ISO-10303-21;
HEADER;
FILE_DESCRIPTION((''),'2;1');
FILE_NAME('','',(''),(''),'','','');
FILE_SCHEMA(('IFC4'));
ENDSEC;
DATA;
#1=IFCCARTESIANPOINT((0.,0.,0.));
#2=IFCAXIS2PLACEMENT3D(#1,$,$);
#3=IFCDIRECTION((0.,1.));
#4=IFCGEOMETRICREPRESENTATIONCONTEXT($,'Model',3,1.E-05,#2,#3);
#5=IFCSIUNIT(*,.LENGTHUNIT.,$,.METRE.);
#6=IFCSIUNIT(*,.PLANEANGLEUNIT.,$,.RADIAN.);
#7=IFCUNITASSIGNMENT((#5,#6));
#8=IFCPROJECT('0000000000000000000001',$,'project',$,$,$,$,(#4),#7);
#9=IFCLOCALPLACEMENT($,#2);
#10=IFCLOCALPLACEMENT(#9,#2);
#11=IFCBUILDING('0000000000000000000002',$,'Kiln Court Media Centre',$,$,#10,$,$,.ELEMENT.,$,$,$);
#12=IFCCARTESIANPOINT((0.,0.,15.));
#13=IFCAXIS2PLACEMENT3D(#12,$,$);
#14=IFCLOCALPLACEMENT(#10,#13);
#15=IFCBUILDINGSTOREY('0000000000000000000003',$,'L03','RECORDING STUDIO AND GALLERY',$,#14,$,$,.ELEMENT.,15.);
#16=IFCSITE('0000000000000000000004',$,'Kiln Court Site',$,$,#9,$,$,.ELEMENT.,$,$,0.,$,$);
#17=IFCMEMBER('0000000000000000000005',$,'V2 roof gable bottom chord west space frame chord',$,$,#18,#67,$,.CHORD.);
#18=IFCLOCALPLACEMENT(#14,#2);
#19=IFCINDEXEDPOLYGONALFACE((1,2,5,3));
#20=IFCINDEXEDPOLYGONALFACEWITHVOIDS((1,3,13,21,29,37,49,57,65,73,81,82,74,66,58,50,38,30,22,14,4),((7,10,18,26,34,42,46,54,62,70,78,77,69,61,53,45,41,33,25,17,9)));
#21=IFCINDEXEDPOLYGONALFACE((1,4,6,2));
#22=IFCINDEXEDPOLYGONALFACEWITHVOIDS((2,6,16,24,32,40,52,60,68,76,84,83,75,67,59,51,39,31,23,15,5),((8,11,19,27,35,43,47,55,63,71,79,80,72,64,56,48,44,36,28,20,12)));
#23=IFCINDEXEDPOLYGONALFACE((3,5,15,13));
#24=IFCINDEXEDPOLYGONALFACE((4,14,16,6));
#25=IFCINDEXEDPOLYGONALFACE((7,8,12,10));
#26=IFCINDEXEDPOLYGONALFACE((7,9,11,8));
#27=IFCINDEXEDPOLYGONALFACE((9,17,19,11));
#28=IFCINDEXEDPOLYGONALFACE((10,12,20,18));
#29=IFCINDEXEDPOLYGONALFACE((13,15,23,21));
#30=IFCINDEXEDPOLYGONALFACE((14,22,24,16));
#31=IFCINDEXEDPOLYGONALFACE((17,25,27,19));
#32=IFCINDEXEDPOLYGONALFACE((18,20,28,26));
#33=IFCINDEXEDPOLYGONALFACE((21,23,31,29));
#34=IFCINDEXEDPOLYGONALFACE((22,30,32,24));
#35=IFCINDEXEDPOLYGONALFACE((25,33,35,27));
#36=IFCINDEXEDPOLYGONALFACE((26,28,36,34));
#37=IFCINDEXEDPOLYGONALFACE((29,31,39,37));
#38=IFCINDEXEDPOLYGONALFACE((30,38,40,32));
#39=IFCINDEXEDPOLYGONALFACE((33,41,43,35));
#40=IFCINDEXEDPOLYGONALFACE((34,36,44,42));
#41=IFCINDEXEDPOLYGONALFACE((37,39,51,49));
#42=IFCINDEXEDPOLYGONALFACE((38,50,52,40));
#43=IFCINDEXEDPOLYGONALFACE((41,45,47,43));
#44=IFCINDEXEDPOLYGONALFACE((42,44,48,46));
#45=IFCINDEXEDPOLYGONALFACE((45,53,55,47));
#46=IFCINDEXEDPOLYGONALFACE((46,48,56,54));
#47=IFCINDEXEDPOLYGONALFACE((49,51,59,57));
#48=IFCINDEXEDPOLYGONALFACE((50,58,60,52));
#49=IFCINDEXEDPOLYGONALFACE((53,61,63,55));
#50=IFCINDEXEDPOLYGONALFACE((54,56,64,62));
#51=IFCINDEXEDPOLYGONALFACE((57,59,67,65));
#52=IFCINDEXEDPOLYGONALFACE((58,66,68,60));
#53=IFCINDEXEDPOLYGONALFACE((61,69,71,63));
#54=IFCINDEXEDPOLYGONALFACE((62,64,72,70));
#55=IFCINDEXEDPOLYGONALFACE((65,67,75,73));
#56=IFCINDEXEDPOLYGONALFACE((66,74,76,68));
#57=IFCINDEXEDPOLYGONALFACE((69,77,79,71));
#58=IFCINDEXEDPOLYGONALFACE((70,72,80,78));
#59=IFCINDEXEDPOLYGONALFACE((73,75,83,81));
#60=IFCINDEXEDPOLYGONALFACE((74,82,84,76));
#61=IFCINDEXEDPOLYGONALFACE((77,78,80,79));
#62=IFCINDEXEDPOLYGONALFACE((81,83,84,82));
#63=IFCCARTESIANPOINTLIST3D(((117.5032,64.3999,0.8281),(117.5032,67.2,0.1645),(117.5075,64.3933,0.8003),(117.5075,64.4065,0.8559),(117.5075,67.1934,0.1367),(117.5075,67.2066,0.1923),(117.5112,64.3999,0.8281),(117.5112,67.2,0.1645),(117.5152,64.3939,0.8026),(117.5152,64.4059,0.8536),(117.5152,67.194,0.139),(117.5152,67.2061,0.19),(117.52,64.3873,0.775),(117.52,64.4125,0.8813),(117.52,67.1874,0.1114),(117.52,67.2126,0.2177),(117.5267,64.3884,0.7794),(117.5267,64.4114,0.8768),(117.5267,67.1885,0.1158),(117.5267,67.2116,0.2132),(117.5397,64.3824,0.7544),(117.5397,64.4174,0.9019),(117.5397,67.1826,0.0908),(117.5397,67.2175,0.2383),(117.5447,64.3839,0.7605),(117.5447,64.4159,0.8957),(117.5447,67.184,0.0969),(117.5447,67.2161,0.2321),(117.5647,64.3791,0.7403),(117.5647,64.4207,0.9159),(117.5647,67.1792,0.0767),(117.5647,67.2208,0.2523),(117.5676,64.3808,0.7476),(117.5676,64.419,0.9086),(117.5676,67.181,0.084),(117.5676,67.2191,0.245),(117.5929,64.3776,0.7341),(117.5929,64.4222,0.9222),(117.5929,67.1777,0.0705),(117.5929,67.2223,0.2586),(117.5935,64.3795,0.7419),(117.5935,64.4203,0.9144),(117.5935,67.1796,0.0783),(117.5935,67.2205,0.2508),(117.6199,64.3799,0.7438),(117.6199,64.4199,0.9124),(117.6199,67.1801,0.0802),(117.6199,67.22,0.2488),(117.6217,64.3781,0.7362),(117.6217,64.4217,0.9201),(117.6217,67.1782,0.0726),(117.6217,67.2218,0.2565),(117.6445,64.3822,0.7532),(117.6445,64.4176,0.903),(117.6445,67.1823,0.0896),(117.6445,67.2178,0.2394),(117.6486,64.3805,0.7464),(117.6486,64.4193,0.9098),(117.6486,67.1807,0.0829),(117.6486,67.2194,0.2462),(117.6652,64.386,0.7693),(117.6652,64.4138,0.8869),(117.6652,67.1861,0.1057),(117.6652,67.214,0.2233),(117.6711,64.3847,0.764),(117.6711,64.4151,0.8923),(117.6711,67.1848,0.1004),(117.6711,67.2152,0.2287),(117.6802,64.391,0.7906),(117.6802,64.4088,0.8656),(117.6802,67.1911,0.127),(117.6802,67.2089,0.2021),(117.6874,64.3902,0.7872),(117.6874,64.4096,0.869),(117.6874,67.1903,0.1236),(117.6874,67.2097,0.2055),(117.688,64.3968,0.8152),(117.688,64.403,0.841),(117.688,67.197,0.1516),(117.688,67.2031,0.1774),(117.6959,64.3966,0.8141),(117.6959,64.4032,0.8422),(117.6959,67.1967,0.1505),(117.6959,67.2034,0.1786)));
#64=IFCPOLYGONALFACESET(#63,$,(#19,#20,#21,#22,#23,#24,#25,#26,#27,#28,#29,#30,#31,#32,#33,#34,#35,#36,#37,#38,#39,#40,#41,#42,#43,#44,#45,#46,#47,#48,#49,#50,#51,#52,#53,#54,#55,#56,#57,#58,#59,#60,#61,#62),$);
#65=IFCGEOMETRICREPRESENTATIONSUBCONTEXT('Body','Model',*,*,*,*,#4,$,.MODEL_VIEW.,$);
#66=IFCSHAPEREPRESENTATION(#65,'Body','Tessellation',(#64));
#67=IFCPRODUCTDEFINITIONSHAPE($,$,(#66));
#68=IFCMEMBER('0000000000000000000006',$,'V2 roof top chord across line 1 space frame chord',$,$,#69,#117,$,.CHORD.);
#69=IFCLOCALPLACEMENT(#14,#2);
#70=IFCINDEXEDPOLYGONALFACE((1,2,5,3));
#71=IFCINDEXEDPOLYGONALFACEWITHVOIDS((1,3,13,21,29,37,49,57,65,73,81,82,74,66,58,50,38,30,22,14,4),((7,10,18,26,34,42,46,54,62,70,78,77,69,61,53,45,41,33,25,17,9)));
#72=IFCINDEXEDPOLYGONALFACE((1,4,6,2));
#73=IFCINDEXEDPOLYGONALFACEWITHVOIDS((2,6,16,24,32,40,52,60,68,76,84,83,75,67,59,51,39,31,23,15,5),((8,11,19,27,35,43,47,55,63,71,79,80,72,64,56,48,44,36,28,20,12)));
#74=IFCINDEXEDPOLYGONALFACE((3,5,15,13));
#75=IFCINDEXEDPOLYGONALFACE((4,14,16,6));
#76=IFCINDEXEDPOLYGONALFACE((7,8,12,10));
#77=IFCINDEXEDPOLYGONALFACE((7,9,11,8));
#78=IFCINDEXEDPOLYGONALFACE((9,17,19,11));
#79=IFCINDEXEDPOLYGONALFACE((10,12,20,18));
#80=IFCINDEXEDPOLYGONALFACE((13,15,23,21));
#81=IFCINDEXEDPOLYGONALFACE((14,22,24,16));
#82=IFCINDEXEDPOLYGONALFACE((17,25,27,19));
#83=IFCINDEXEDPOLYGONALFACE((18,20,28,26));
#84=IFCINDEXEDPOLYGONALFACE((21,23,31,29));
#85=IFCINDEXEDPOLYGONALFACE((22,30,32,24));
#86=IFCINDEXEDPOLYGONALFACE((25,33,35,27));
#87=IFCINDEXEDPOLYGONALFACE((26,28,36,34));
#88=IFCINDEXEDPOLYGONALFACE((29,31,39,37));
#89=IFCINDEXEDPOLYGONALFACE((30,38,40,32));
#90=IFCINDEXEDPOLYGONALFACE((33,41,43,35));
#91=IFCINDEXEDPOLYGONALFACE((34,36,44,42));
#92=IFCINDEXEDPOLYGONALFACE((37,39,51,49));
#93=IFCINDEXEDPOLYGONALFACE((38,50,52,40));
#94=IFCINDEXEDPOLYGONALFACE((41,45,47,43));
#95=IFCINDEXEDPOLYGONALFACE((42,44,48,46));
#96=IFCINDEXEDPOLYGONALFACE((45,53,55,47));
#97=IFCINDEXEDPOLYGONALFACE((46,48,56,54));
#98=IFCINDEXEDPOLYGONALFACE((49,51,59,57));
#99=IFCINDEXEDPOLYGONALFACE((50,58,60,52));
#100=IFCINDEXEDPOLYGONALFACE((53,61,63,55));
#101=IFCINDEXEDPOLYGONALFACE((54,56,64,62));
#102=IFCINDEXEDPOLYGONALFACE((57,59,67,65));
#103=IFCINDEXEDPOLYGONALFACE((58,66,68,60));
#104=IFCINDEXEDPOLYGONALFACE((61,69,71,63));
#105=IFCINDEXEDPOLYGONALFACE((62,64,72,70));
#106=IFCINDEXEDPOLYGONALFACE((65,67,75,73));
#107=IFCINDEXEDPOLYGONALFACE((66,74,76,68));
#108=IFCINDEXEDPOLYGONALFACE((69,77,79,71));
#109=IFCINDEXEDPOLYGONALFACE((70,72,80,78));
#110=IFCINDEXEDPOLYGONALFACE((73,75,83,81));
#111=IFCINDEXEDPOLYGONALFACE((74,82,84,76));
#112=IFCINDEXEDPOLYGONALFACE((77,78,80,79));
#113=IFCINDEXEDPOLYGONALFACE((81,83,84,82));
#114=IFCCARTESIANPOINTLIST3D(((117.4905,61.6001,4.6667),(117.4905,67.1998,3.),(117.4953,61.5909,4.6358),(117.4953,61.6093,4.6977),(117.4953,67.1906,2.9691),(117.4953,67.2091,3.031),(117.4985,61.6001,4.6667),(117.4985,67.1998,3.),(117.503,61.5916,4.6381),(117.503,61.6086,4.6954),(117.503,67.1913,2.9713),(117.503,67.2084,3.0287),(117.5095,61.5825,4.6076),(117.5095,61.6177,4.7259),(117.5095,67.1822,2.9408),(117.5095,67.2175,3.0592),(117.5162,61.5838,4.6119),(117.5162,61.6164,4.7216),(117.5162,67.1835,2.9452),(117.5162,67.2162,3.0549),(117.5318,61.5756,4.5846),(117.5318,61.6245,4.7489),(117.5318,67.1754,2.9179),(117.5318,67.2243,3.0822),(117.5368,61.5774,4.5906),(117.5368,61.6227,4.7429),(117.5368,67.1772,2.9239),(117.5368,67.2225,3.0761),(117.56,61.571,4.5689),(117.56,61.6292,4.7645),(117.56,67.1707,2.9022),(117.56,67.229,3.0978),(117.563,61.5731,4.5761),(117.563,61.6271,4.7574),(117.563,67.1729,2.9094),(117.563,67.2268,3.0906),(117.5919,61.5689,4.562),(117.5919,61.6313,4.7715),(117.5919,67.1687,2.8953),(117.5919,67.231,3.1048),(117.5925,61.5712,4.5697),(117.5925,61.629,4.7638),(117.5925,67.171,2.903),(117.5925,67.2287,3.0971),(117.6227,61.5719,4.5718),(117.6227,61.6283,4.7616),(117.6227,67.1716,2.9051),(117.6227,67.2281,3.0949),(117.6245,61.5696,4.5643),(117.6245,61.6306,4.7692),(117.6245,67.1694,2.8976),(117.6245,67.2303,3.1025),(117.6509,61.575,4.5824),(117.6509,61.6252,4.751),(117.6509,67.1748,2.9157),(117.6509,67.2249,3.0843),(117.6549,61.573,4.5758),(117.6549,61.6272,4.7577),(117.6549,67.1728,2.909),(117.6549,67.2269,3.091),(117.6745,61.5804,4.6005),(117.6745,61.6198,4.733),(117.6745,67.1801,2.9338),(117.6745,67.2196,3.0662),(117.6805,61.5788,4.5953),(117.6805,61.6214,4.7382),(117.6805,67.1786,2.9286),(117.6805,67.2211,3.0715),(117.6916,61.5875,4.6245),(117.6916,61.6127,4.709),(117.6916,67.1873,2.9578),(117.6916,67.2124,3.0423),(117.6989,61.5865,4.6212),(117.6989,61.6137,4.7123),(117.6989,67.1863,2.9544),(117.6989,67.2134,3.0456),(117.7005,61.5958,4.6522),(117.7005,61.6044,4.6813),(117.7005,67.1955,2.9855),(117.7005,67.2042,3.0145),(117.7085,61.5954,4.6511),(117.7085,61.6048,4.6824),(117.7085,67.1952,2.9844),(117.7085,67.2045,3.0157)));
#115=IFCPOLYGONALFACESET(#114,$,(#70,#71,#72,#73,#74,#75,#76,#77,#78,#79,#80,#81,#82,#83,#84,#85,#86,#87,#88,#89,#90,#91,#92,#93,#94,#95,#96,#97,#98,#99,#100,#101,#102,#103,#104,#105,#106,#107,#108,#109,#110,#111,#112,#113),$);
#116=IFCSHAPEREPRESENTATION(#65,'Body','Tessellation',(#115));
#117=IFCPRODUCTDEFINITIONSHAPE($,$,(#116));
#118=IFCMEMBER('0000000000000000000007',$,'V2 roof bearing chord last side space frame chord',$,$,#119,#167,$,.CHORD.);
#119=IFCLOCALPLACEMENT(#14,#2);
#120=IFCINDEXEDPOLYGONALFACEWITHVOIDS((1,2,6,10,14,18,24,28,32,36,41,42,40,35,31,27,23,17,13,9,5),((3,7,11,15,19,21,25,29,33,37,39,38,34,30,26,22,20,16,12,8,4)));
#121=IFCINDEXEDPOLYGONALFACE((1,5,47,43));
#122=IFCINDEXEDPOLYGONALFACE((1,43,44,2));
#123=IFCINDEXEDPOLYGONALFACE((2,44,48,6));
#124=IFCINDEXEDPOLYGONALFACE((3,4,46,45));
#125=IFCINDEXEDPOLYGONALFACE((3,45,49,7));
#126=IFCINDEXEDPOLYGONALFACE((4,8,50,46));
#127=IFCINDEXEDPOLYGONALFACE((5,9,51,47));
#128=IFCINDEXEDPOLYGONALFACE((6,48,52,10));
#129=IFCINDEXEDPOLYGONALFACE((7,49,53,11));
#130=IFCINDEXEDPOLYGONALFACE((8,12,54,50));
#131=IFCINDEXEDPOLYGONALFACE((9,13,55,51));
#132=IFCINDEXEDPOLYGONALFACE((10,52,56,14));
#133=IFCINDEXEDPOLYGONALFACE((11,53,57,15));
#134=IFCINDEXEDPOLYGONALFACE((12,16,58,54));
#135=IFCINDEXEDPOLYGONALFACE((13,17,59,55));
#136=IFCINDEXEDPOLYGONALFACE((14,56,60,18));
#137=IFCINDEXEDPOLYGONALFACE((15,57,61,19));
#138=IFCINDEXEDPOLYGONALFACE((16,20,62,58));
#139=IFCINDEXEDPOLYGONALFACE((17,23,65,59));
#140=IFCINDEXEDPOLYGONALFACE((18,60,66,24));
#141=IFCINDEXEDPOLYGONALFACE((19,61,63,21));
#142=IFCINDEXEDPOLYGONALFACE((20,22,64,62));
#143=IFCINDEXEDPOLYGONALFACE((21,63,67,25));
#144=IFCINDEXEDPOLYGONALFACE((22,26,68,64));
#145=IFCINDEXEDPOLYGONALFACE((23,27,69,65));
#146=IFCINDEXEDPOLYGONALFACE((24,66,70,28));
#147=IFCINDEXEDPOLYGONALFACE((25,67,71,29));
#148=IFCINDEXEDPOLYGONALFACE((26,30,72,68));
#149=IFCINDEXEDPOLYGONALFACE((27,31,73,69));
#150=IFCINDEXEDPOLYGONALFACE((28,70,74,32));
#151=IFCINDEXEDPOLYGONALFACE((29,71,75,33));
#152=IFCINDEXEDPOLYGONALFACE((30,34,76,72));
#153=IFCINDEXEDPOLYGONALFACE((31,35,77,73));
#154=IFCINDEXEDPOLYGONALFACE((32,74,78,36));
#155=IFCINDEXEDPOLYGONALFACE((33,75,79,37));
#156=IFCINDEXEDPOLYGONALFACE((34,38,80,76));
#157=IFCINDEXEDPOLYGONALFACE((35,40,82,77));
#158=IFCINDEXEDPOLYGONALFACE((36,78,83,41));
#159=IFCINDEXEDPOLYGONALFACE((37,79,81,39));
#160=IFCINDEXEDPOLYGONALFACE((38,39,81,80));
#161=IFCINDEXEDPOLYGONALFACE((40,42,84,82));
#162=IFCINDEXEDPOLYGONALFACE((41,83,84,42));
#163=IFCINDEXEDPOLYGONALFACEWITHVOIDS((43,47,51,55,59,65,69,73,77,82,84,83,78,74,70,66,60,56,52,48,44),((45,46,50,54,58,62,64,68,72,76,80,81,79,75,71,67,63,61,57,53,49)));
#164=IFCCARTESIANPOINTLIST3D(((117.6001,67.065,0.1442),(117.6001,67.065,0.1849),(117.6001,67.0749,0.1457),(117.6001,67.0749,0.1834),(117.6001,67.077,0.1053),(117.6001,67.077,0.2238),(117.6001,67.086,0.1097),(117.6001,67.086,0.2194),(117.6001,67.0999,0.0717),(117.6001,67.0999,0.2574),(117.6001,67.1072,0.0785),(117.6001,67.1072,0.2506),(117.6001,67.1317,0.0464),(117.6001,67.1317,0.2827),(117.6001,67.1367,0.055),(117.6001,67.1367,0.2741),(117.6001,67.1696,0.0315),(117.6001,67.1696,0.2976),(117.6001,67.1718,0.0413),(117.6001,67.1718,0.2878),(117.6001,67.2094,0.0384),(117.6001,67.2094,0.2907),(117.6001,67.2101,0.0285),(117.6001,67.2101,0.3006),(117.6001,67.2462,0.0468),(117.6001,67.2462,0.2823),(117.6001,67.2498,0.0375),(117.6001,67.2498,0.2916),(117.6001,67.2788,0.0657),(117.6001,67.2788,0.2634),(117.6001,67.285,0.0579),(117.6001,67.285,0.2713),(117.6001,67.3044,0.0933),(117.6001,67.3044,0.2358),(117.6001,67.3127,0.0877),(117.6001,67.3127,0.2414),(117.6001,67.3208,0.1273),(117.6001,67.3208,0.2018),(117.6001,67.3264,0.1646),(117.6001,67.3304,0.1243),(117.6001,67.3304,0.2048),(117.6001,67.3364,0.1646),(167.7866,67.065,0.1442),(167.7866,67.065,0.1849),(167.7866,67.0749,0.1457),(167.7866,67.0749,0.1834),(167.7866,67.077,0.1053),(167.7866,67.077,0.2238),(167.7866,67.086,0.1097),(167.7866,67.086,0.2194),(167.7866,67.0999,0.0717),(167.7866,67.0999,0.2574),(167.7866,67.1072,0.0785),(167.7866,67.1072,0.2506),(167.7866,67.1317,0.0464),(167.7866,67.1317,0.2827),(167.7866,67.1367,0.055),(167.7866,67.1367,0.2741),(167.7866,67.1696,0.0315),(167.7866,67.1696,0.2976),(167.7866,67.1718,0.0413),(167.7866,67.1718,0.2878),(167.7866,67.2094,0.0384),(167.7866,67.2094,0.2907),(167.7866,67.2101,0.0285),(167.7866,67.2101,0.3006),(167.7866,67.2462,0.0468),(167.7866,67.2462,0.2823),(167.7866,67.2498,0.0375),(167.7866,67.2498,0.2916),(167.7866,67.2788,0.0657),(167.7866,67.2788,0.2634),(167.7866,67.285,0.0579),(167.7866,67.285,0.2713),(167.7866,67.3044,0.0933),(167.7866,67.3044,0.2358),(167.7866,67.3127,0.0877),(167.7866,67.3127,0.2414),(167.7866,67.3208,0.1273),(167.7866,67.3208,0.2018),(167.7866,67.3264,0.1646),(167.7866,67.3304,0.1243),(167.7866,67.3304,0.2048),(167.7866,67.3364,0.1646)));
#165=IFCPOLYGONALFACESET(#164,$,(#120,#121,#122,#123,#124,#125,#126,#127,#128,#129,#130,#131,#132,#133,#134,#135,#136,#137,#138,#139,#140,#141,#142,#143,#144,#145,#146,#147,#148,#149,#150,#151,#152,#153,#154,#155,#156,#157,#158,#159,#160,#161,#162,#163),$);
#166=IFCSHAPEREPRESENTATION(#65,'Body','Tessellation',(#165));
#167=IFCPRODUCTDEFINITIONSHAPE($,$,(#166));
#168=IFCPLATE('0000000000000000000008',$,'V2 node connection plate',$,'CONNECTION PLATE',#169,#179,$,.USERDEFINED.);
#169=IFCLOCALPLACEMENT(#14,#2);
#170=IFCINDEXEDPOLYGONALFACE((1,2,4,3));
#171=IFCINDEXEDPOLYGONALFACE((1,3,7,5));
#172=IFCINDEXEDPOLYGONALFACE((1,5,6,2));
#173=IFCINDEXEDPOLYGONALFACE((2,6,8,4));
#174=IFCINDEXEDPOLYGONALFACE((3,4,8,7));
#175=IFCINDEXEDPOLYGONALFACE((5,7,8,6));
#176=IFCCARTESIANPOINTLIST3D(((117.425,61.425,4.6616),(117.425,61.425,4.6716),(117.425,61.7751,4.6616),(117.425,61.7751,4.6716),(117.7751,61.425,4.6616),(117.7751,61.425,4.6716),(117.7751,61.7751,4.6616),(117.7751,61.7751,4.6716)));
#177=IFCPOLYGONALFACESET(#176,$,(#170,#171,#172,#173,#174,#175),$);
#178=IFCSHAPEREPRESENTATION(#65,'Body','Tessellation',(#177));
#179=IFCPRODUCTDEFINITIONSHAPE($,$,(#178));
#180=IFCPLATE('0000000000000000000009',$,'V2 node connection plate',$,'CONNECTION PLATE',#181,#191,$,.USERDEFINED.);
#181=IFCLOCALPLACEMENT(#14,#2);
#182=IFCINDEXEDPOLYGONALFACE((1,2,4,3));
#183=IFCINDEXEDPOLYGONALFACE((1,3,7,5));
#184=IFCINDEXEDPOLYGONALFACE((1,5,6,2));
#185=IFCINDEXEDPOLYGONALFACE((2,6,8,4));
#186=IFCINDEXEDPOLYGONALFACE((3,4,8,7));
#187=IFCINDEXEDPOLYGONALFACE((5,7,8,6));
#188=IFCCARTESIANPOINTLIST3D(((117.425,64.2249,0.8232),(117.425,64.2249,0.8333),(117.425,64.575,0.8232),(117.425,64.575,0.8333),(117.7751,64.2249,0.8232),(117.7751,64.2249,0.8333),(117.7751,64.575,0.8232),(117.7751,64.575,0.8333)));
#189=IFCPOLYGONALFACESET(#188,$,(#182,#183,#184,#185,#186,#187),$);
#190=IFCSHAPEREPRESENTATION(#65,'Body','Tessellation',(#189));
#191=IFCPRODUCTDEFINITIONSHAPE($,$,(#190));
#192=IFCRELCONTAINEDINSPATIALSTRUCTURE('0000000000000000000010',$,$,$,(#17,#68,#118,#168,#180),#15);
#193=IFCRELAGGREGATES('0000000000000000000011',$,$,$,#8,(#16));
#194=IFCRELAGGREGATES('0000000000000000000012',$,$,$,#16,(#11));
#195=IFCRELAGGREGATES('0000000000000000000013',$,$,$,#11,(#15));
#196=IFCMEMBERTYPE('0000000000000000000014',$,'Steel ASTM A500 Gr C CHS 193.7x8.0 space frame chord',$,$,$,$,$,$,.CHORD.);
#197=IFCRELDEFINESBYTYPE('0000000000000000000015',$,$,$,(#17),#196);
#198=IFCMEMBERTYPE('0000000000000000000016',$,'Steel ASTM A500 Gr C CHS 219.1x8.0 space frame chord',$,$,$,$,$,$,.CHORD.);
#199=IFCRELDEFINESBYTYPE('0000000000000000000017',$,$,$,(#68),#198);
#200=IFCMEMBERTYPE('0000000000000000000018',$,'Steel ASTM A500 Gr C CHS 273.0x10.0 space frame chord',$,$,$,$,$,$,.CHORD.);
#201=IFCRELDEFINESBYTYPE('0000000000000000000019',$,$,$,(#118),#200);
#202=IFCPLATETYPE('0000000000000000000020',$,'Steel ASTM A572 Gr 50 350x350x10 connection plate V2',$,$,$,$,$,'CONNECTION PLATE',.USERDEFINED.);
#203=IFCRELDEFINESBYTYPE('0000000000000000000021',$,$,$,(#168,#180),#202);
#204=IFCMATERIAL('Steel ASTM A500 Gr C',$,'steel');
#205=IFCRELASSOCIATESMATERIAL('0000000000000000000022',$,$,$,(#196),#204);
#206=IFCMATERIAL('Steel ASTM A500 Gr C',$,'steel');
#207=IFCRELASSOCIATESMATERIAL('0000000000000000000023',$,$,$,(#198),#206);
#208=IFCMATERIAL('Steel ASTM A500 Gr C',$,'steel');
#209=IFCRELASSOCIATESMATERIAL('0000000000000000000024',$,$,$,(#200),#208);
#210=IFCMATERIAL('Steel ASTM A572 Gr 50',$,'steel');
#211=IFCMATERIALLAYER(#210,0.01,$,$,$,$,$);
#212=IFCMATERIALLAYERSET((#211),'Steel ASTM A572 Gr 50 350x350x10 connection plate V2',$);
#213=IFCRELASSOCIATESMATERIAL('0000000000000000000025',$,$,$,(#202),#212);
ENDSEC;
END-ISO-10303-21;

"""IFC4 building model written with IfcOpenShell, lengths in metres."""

from ifc_helpers import new_model, si_unit, direction, frame, origin, origin_2d, place, context, subcontext, project, spatial, rectangle, hollow_circle, extrude, material, layer, layer_set, material_profile, profile_set, type_object, element, save


model = new_model("IFC4")

# Units and contexts
model_context = context("Model", 3, precision=1e-05, world=origin(), true_north=direction((0.0, 1.0)))
body_context = subcontext(model_context, "Body", "Model", "MODEL_VIEW")
ifc_project = project(units=[si_unit("LENGTHUNIT", "METRE"), si_unit("PLANEANGLEUNIT", "RADIAN")], contexts=[model_context])

# Site, building, storey
site_placement = place(None, origin())
site = spatial("IfcSite", under=ifc_project, at=site_placement, Name="Kiln Court Site", CompositionType="ELEMENT", RefElevation=0.0)
building_placement = place(site_placement, origin())
building = spatial("IfcBuilding", under=site, at=building_placement, Name="Kiln Court Media Centre", CompositionType="ELEMENT")
storey_placement = place(building_placement, frame((0.0, 0.0, 15.0)))
storey = spatial("IfcBuildingStorey", under=building, at=storey_placement, Name="L03", Description="RECORDING STUDIO AND GALLERY", CompositionType="ELEMENT", Elevation=15.0)

# Members
ifc_material_1 = material(Name="Steel ASTM A500 Gr C", Category="steel")
ifc_material_profile_1 = material_profile(ifc_material_1, hollow_circle(Radius=0.0969, WallThickness=0.0081, at=origin_2d()), Name="CHS 193.7x8.0")
ifc_profile_set_1 = profile_set([ifc_material_profile_1], Name="Steel ASTM A500 Gr C")
member_type_1 = type_object("IfcMemberType", Name="Steel ASTM A500 Gr C CHS 193.7x8.0 space frame chord", PredefinedType="CHORD", material=ifc_profile_set_1)
member_1_placement = place(storey_placement, frame((117.6001, 64.3999, 0.8281), z_axis=(0.0, 0.973049, -0.2306), x_axis=(-1.0, 0.0, 0.0)))
element("IfcMember", 1, at=member_1_placement, inside=storey, type_object=member_type_1, Name="V2 roof gable bottom chord west space frame chord", PredefinedType="CHORD", context=body_context, shape_type="SweptSolid", body=[
    extrude(hollow_circle(Radius=0.0969, WallThickness=0.0081, at=origin_2d()), origin(), (0.0, 0.0, 1.0), 2.8777),
])
ifc_material_2 = material(Name="Steel ASTM A500 Gr C", Category="steel")
ifc_material_profile_2 = material_profile(ifc_material_2, hollow_circle(Radius=0.1096, WallThickness=0.0081, at=origin_2d()), Name="CHS 219.1x8.0")
ifc_profile_set_2 = profile_set([ifc_material_profile_2], Name="Steel ASTM A500 Gr C")
member_type_2 = type_object("IfcMemberType", Name="Steel ASTM A500 Gr C CHS 219.1x8.0 space frame chord", PredefinedType="CHORD", material=ifc_profile_set_2)
member_2_placement = place(storey_placement, frame((117.6001, 61.6001, 4.6667), z_axis=(0.0, 0.958446, -0.285273), x_axis=(-1.0, 0.0, 0.0)))
element("IfcMember", 2, at=member_2_placement, inside=storey, type_object=member_type_2, Name="V2 roof top chord across line 1 space frame chord", PredefinedType="CHORD", context=body_context, shape_type="SweptSolid", body=[
    extrude(hollow_circle(Radius=0.1096, WallThickness=0.0081, at=origin_2d()), origin(), (0.0, 0.0, 1.0), 5.8425),
])
ifc_material_3 = material(Name="Steel ASTM A500 Gr C", Category="steel")
ifc_material_profile_3 = material_profile(ifc_material_3, hollow_circle(Radius=0.1365, WallThickness=0.01, at=origin_2d()), Name="CHS 273.0x10.0")
ifc_profile_set_3 = profile_set([ifc_material_profile_3], Name="Steel ASTM A500 Gr C")
member_type_3 = type_object("IfcMemberType", Name="Steel ASTM A500 Gr C CHS 273.0x10.0 space frame chord", PredefinedType="CHORD", material=ifc_profile_set_3)
member_3_placement = place(storey_placement, frame((117.6001, 67.2, 0.1646), z_axis=(1.0, 0.0, 0.0), x_axis=(0.0, 1.0, 0.0)))
element("IfcMember", 3, at=member_3_placement, inside=storey, type_object=member_type_3, Name="V2 roof bearing chord last side space frame chord", PredefinedType="CHORD", context=body_context, shape_type="SweptSolid", body=[
    extrude(hollow_circle(Radius=0.1365, WallThickness=0.01, at=origin_2d()), origin(), (0.0, 0.0, 1.0), 50.1865),
])

# Plates
ifc_material_4 = material(Name="Steel ASTM A572 Gr 50", Category="steel")
ifc_layer_1 = layer(ifc_material_4, 0.01)
ifc_layer_set_1 = layer_set([ifc_layer_1], Name="Steel ASTM A572 Gr 50 350x350x10 connection plate V2")
plate_type_1 = type_object("IfcPlateType", Name="Steel ASTM A572 Gr 50 350x350x10 connection plate V2", ElementType="CONNECTION PLATE", PredefinedType="USERDEFINED", material=ifc_layer_set_1)
for number, where, z_axis, x_axis, name in (
    (4, (117.6001, 61.6001, 4.6616), (0.0, 0.0, 1.0), (1.0, 0.0, 0.0), "V2 node connection plate"),
    (5, (117.6001, 64.3999, 0.8232), (0.0, 0.0, 1.0), (1.0, 0.0, 0.0), "V2 node connection plate"),
):
    element("IfcPlate", number, at=place(storey_placement, frame(where, z_axis=z_axis, x_axis=x_axis)), inside=storey, type_object=plate_type_1, Name=name, ObjectType="CONNECTION PLATE", PredefinedType="USERDEFINED", context=body_context, shape_type="SweptSolid", body=[
        extrude(rectangle(XDim=0.3501, YDim=0.3501, at=origin_2d()), origin(), (0.0, 0.0, 1.0), 0.01),
    ])

save(model, "model.ifc")
